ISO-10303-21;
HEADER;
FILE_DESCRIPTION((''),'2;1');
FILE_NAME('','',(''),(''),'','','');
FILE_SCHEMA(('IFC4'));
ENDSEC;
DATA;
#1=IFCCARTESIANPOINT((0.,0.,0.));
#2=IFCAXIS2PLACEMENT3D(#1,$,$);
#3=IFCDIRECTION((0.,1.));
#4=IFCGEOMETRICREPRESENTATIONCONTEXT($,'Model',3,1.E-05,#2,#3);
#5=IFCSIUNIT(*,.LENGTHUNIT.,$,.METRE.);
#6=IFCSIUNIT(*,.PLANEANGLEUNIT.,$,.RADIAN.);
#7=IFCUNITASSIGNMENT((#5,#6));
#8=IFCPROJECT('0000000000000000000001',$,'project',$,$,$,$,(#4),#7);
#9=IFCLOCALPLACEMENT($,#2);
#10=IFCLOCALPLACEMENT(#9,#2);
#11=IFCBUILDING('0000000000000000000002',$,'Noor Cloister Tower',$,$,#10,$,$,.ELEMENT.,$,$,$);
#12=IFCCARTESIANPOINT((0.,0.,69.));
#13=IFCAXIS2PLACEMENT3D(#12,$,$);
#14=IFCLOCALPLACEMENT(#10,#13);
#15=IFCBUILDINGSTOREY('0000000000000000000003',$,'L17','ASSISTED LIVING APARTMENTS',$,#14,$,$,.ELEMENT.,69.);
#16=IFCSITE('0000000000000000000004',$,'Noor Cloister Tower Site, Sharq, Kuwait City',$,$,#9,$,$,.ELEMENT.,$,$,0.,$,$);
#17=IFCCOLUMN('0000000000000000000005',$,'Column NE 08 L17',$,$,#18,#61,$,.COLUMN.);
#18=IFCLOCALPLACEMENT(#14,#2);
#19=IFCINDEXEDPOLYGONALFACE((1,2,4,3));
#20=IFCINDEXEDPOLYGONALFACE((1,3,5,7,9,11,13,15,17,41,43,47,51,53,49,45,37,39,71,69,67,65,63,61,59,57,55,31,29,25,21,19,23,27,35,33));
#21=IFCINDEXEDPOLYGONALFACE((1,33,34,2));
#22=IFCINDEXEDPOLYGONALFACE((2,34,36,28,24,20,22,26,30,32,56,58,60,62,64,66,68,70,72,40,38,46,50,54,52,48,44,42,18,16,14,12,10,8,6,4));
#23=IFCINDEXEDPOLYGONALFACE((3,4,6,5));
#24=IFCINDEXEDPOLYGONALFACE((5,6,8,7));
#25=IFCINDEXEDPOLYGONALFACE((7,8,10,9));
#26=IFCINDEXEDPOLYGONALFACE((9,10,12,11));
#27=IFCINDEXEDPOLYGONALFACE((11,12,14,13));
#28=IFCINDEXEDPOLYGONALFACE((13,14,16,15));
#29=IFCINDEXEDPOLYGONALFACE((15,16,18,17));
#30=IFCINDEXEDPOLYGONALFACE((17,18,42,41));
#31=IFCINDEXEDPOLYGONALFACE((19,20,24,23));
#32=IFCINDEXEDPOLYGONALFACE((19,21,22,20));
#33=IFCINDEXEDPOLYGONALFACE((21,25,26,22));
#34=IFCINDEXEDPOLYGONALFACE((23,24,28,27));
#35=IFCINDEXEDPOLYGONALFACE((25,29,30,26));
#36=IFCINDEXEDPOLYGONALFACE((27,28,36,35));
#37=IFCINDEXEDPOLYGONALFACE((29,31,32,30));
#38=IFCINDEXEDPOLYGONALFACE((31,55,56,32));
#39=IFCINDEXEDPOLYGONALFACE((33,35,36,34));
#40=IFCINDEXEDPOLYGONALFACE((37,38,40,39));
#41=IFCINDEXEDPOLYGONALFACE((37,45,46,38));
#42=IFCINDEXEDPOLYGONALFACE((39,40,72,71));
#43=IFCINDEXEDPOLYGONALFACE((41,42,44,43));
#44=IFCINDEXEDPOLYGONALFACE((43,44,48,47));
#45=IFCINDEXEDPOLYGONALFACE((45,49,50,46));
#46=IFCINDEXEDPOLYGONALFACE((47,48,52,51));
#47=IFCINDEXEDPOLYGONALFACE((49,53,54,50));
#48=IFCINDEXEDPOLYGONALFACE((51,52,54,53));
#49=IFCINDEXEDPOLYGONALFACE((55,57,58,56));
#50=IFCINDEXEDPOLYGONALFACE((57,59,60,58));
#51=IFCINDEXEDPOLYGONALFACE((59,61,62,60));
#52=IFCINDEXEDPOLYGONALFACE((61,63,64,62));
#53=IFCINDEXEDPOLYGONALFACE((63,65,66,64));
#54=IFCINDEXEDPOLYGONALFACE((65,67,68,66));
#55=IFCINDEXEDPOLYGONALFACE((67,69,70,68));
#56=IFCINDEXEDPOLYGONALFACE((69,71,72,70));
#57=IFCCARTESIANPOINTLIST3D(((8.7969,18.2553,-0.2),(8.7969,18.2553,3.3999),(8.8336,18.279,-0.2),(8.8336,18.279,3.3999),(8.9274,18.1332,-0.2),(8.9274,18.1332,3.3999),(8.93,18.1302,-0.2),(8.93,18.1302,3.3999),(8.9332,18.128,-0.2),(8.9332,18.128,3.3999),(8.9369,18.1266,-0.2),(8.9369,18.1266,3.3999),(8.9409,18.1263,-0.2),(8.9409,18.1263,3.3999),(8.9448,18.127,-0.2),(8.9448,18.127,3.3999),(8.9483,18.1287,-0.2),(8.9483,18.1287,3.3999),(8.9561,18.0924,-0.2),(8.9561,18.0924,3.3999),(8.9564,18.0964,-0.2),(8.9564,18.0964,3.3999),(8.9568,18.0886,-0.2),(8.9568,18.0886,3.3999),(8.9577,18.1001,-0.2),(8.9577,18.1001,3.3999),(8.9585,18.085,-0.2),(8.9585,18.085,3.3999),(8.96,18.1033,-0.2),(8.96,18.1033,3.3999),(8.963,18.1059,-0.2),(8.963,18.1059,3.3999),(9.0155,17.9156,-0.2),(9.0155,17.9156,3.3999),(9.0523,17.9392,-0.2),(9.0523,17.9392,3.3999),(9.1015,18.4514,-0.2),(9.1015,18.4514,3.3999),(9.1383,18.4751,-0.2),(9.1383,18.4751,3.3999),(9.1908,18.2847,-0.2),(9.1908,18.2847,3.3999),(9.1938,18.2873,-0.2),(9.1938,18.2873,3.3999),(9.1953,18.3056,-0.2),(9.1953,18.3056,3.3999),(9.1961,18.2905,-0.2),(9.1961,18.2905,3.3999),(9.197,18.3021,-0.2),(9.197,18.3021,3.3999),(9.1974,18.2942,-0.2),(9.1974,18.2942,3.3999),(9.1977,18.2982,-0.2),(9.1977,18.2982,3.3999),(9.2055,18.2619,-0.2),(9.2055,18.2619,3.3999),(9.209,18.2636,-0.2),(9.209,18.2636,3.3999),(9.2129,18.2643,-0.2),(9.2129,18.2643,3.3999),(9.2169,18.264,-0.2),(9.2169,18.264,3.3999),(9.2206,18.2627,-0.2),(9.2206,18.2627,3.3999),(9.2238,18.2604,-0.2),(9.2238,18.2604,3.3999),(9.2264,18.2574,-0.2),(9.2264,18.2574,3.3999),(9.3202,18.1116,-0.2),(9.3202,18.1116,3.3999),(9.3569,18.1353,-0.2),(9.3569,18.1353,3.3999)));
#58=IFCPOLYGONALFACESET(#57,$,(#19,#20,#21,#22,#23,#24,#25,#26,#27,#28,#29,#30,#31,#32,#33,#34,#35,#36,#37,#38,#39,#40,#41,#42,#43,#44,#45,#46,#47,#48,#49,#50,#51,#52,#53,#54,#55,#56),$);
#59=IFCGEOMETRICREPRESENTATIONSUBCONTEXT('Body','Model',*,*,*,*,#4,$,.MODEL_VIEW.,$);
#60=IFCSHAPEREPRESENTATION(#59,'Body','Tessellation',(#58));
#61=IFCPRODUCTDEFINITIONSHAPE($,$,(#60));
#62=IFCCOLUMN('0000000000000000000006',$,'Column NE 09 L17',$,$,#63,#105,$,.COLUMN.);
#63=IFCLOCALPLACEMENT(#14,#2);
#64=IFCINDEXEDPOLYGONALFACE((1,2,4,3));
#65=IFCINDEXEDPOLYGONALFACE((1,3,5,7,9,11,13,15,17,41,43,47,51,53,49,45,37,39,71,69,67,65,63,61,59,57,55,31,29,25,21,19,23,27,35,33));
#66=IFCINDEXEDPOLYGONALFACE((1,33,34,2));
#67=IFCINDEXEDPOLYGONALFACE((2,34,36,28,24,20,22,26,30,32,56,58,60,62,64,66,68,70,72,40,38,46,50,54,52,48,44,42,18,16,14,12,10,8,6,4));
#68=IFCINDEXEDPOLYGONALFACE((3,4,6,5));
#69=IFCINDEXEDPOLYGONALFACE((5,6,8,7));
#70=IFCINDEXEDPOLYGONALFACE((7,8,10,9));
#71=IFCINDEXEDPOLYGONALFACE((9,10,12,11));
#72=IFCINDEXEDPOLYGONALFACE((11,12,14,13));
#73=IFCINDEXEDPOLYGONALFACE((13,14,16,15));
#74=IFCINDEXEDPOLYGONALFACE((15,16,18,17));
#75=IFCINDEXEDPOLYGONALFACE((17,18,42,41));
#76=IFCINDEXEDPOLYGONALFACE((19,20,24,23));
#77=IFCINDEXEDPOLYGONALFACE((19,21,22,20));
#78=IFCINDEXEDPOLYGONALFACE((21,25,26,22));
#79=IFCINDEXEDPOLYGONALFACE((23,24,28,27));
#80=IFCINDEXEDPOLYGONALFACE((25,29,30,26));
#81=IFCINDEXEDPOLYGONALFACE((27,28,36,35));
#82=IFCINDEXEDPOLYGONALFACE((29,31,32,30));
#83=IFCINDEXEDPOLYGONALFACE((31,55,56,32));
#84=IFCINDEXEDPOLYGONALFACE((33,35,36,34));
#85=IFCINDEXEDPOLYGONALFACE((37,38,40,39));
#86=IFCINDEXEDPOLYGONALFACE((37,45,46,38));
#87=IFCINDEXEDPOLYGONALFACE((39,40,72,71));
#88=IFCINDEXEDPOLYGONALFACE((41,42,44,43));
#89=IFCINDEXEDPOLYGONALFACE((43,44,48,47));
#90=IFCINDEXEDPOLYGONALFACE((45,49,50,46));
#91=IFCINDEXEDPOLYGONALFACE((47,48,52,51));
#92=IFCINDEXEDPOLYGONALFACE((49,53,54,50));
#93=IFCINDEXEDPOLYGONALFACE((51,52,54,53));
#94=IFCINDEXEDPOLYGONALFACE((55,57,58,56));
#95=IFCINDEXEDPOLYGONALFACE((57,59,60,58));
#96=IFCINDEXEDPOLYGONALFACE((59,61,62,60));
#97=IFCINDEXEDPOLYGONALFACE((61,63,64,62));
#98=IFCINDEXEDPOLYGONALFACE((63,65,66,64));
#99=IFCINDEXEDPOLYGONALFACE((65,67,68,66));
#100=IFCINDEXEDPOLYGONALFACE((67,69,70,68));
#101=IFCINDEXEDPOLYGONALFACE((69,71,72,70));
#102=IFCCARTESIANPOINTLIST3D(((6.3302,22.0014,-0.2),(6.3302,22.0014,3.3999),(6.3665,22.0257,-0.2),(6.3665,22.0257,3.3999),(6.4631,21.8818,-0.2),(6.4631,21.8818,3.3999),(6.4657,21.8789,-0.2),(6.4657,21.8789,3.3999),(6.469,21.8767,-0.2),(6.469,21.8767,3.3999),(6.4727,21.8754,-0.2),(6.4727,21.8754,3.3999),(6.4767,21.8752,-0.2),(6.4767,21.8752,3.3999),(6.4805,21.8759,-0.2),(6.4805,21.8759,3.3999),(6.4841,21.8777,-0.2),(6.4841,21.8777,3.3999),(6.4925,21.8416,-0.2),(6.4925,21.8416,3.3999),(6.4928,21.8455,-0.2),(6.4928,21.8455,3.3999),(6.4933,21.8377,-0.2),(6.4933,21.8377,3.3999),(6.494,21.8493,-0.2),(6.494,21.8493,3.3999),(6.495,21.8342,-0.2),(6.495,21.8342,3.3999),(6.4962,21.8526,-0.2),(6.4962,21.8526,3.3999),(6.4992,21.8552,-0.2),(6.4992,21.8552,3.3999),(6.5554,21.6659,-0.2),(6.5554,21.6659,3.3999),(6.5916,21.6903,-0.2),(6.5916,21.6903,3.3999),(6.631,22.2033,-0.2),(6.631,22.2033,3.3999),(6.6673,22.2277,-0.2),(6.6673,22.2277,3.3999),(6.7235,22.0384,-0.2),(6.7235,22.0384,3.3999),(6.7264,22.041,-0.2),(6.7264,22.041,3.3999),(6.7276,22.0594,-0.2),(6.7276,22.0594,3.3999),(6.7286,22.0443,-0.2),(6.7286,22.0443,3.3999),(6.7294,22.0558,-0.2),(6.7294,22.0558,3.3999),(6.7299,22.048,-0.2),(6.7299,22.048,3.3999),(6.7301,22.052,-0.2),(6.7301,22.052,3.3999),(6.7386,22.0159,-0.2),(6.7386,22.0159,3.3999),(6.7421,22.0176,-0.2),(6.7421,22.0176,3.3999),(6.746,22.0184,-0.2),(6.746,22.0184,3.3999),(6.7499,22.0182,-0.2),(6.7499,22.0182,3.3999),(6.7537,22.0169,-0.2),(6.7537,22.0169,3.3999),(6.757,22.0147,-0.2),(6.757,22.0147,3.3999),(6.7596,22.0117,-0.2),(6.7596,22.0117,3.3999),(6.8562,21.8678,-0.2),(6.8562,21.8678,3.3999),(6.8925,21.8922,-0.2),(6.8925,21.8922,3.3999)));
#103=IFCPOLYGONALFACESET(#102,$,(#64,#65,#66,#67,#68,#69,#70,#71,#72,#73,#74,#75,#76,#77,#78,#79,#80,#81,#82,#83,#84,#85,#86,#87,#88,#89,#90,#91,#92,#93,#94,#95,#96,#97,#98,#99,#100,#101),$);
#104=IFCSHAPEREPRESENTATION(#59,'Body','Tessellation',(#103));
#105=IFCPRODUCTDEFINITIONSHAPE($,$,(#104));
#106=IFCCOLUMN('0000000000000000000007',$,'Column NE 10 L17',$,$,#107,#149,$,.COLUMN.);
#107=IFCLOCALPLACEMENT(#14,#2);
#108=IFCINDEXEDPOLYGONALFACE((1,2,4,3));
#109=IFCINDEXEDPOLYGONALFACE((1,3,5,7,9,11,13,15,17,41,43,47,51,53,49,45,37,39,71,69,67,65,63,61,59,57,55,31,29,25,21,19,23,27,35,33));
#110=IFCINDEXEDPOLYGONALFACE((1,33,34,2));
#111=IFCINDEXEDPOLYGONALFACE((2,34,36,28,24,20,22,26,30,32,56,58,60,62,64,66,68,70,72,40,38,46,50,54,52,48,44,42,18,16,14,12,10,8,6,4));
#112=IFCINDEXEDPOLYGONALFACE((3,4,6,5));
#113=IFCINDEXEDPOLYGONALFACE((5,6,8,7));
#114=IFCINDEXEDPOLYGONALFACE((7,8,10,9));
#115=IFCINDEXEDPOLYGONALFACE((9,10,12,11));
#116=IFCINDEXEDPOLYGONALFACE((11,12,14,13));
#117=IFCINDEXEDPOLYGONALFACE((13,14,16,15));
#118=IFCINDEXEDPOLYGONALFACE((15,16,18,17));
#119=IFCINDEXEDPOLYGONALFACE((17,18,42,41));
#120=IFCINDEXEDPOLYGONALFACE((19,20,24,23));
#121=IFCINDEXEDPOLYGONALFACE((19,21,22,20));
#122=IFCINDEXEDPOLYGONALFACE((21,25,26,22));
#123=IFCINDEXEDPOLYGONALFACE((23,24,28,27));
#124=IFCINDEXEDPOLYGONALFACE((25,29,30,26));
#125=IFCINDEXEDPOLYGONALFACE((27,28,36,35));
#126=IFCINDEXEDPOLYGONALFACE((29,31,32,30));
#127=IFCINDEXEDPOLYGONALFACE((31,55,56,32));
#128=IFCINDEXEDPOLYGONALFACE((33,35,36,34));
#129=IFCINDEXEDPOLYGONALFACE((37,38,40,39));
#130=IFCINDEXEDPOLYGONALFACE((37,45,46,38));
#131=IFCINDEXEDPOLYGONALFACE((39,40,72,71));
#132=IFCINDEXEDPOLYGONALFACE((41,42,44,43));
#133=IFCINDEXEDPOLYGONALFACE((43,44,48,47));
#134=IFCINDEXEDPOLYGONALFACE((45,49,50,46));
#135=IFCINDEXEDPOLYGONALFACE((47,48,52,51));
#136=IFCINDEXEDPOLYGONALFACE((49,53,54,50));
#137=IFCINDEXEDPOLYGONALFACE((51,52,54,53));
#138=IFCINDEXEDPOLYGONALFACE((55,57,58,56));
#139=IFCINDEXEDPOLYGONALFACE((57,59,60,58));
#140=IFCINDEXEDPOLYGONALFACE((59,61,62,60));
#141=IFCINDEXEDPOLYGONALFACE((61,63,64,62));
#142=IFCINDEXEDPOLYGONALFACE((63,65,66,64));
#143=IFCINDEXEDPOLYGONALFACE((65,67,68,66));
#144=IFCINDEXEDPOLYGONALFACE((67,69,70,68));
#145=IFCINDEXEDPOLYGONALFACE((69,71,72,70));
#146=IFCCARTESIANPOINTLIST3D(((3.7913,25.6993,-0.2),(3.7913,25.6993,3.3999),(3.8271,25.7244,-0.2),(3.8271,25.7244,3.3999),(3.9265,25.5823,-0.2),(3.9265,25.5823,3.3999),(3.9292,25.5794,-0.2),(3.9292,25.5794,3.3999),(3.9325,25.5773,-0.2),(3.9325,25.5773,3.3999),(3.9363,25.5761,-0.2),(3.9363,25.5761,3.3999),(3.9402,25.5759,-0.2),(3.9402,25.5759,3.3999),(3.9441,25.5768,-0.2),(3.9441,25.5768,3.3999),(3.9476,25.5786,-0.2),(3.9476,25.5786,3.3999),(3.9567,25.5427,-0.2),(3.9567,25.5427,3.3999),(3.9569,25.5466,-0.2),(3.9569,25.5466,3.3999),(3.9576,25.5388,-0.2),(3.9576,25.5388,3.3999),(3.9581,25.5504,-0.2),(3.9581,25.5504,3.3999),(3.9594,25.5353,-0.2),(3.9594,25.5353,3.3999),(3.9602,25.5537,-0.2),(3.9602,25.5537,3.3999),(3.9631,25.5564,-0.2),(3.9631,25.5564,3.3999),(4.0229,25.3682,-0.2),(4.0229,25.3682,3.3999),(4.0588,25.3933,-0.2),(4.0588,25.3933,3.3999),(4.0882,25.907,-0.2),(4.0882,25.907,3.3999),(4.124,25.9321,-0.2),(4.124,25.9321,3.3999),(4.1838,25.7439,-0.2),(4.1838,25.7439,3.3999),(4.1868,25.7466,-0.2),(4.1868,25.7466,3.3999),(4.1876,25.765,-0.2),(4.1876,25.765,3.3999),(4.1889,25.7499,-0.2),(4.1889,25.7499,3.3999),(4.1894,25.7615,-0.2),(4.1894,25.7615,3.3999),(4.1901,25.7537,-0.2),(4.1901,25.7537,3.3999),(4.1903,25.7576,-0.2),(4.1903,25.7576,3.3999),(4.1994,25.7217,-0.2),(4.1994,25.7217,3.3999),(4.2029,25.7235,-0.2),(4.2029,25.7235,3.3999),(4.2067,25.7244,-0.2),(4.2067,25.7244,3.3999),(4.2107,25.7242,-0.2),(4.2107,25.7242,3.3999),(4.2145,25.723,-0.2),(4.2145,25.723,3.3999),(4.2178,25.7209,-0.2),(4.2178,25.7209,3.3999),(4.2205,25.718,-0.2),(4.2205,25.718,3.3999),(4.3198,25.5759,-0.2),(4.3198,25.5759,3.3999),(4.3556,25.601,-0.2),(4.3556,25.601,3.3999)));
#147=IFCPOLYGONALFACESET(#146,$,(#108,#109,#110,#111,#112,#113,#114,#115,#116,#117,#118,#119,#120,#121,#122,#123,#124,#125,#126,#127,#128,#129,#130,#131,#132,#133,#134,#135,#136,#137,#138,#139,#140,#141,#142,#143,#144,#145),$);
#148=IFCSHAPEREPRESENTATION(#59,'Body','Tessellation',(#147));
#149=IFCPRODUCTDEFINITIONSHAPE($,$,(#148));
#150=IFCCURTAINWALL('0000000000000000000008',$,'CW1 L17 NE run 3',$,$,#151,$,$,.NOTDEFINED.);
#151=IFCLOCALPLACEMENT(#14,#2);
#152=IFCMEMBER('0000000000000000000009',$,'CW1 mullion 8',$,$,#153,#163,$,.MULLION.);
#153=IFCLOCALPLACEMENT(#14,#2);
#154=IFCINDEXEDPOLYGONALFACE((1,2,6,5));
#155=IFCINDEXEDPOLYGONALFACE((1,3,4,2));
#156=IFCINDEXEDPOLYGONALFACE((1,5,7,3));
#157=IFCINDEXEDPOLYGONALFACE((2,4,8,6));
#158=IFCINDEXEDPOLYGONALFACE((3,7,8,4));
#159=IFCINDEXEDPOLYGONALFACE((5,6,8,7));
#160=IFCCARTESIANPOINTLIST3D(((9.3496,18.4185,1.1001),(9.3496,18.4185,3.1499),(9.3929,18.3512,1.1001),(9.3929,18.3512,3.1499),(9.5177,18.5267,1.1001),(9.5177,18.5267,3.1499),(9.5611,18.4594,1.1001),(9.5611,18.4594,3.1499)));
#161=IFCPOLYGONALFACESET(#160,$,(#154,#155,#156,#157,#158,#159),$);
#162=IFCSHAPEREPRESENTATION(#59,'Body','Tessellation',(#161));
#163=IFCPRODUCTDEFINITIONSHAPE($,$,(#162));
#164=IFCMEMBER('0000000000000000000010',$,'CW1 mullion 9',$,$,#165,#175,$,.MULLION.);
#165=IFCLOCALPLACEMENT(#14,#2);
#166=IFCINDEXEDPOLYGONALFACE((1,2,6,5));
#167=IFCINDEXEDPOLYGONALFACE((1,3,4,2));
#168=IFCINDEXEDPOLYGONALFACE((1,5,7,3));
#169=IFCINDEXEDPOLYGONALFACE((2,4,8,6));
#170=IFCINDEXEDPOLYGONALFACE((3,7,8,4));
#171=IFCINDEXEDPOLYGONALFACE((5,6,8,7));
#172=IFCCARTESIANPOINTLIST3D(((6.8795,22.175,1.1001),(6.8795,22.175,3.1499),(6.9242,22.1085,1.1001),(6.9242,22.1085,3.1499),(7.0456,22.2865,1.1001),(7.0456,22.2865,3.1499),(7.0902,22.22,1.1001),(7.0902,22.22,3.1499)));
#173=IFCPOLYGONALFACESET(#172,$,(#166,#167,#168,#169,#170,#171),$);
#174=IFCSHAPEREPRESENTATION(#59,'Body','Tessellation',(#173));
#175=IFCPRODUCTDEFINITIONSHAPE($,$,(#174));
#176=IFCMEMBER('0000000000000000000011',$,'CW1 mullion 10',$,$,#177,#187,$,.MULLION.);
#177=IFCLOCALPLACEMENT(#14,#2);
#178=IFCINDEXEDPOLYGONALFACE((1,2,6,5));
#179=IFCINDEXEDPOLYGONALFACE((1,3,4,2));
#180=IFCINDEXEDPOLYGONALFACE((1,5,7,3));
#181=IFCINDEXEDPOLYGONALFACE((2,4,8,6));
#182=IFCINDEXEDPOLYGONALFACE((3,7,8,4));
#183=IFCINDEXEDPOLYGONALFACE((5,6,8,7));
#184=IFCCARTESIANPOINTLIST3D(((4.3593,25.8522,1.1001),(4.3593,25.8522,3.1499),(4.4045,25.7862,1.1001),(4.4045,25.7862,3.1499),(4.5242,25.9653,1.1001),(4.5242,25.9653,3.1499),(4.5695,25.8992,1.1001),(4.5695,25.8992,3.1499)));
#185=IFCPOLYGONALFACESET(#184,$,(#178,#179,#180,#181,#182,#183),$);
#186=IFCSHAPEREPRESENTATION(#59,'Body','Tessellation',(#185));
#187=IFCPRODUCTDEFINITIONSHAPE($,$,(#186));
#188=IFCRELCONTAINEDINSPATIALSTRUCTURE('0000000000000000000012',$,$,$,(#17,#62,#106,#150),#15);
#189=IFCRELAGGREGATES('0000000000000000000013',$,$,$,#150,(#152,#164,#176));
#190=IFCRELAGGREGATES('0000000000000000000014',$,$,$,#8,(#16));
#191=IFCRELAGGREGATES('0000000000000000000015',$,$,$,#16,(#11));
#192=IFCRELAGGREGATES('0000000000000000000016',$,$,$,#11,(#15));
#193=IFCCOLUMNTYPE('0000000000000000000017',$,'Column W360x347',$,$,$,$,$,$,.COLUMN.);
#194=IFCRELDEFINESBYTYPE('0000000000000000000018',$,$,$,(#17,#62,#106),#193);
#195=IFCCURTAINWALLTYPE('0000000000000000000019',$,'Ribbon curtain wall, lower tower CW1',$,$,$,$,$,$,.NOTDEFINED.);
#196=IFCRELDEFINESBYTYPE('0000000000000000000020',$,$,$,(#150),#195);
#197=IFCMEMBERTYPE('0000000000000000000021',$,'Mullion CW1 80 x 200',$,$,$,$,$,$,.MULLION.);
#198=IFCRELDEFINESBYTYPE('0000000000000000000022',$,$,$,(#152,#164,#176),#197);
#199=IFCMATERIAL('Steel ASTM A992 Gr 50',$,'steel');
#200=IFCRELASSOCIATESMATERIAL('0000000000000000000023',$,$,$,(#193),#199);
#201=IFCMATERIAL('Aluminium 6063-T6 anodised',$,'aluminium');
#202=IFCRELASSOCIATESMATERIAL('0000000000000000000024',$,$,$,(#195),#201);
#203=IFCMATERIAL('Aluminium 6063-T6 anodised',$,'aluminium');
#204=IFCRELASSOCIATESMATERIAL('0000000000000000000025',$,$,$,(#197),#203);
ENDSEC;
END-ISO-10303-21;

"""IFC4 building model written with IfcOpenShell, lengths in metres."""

from ifc_helpers import new_model, si_unit, direction, frame, origin, origin_2d, place, context, subcontext, project, spatial, rectangle, i_section, extrude, material, material_profile, profile_set, type_object, element, aggregate, save


model = new_model("IFC4")

# Units and contexts
model_context = context("Model", 3, precision=1e-05, world=origin(), true_north=direction((0.0, 1.0)))
body_context = subcontext(model_context, "Body", "Model", "MODEL_VIEW")
ifc_project = project(units=[si_unit("LENGTHUNIT", "METRE"), si_unit("PLANEANGLEUNIT", "RADIAN")], contexts=[model_context])

# Site, building, storey
site_placement = place(None, origin())
site = spatial("IfcSite", under=ifc_project, at=site_placement, Name="Noor Cloister Tower Site, Sharq, Kuwait City", CompositionType="ELEMENT", RefElevation=0.0)
building_placement = place(site_placement, origin())
building = spatial("IfcBuilding", under=site, at=building_placement, Name="Noor Cloister Tower", CompositionType="ELEMENT")
storey_placement = place(building_placement, frame((0.0, 0.0, 69.0)))
storey = spatial("IfcBuildingStorey", under=building, at=storey_placement, Name="L17", Description="ASSISTED LIVING APARTMENTS", CompositionType="ELEMENT", Elevation=69.0)

# Columns
ifc_material_1 = material(Name="Steel ASTM A992 Gr 50", Category="steel")
ifc_material_profile_1 = material_profile(ifc_material_1, i_section(OverallWidth=0.4041, OverallDepth=0.406, WebThickness=0.0271, FlangeThickness=0.0437, FilletRadius=0.0151, at=origin_2d()), Name="W360x347")
ifc_profile_set_1 = profile_set([ifc_material_profile_1], Name="Steel ASTM A992 Gr 50")
column_type = type_object("IfcColumnType", Name="Column W360x347", PredefinedType="COLUMN", material=ifc_profile_set_1)
for number, where, z_axis, x_axis, name in (
    (1, (9.0769, 18.1953, -0.2), (0.0, 0.0, 1.0), (-0.541171, 0.840912, 0.0), "Column NE 08 L17"),
    (2, (6.6113, 21.9468, -0.2), (0.0, 0.0, 1.0), (-0.557293, 0.830316, 0.0), "Column NE 09 L17"),
    (3, (4.0735, 25.6501, -0.2), (0.0, 0.0, 1.0), (-0.573207, 0.819411, 0.0), "Column NE 10 L17"),
):
    element("IfcColumn", number, at=place(storey_placement, frame(where, z_axis=z_axis, x_axis=x_axis)), inside=storey, type_object=column_type, Name=name, PredefinedType="COLUMN", context=body_context, shape_type="SweptSolid", body=[
        extrude(i_section(OverallWidth=0.4041, OverallDepth=0.406, WebThickness=0.0271, FlangeThickness=0.0437, FilletRadius=0.0151, at=origin_2d()), origin(), (0.0, 0.0, 1.0), 3.5999),
    ])

# Curtain wall, members
ifc_material_2 = material(Name="Aluminium 6063-T6 anodised", Category="aluminium")
curtain_wall_type = type_object("IfcCurtainWallType", Name="Ribbon curtain wall, lower tower CW1", PredefinedType="NOTDEFINED", material=ifc_material_2)
curtain_wall_placement = place(storey_placement, origin())
curtain_wall = element("IfcCurtainWall", 4, at=curtain_wall_placement, inside=storey, type_object=curtain_wall_type, Name="CW1 L17 NE run 3", PredefinedType="NOTDEFINED")
ifc_material_3 = material(Name="Aluminium 6063-T6 anodised", Category="aluminium")
ifc_material_profile_2 = material_profile(ifc_material_3, rectangle(XDim=0.2, YDim=0.0801, at=origin_2d()), Name="200 x 80 mullion")
ifc_profile_set_2 = profile_set([ifc_material_profile_2], Name="Aluminium 6063-T6 anodised")
member_type = type_object("IfcMemberType", Name="Mullion CW1 80 x 200", PredefinedType="MULLION", material=ifc_profile_set_2)
member_1_placement = place(storey_placement, frame((9.4553, 18.439, 1.1001), z_axis=(0.0, 0.0, 1.0), x_axis=(-0.840912, -0.541171, 0.0)))
member_1 = element("IfcMember", 5, at=member_1_placement, type_object=member_type, Name="CW1 mullion 8", PredefinedType="MULLION", context=body_context, shape_type="SweptSolid", body=[
    extrude(rectangle(XDim=0.2, YDim=0.0801, at=origin_2d()), origin(), (0.0, 0.0, 1.0), 2.0498),
])
member_2_placement = place(storey_placement, frame((6.9849, 22.1975, 1.1001), z_axis=(0.0, 0.0, 1.0), x_axis=(-0.830316, -0.557293, 0.0)))
member_2 = element("IfcMember", 6, at=member_2_placement, type_object=member_type, Name="CW1 mullion 9", PredefinedType="MULLION", context=body_context, shape_type="SweptSolid", body=[
    extrude(rectangle(XDim=0.2, YDim=0.0801, at=origin_2d()), origin(), (0.0, 0.0, 1.0), 2.0498),
])
member_3_placement = place(storey_placement, frame((4.4644, 25.8757, 1.1001), z_axis=(0.0, 0.0, 1.0), x_axis=(-0.824902, -0.565276, 0.0)))
member_3 = element("IfcMember", 7, at=member_3_placement, type_object=member_type, Name="CW1 mullion 10", PredefinedType="MULLION", context=body_context, shape_type="SweptSolid", body=[
    extrude(rectangle(XDim=0.2, YDim=0.0801, at=origin_2d()), origin(), (0.0, 0.0, 1.0), 2.0498),
])

aggregate(curtain_wall, [member_1, member_2, member_3])

save(model, "model.ifc")
